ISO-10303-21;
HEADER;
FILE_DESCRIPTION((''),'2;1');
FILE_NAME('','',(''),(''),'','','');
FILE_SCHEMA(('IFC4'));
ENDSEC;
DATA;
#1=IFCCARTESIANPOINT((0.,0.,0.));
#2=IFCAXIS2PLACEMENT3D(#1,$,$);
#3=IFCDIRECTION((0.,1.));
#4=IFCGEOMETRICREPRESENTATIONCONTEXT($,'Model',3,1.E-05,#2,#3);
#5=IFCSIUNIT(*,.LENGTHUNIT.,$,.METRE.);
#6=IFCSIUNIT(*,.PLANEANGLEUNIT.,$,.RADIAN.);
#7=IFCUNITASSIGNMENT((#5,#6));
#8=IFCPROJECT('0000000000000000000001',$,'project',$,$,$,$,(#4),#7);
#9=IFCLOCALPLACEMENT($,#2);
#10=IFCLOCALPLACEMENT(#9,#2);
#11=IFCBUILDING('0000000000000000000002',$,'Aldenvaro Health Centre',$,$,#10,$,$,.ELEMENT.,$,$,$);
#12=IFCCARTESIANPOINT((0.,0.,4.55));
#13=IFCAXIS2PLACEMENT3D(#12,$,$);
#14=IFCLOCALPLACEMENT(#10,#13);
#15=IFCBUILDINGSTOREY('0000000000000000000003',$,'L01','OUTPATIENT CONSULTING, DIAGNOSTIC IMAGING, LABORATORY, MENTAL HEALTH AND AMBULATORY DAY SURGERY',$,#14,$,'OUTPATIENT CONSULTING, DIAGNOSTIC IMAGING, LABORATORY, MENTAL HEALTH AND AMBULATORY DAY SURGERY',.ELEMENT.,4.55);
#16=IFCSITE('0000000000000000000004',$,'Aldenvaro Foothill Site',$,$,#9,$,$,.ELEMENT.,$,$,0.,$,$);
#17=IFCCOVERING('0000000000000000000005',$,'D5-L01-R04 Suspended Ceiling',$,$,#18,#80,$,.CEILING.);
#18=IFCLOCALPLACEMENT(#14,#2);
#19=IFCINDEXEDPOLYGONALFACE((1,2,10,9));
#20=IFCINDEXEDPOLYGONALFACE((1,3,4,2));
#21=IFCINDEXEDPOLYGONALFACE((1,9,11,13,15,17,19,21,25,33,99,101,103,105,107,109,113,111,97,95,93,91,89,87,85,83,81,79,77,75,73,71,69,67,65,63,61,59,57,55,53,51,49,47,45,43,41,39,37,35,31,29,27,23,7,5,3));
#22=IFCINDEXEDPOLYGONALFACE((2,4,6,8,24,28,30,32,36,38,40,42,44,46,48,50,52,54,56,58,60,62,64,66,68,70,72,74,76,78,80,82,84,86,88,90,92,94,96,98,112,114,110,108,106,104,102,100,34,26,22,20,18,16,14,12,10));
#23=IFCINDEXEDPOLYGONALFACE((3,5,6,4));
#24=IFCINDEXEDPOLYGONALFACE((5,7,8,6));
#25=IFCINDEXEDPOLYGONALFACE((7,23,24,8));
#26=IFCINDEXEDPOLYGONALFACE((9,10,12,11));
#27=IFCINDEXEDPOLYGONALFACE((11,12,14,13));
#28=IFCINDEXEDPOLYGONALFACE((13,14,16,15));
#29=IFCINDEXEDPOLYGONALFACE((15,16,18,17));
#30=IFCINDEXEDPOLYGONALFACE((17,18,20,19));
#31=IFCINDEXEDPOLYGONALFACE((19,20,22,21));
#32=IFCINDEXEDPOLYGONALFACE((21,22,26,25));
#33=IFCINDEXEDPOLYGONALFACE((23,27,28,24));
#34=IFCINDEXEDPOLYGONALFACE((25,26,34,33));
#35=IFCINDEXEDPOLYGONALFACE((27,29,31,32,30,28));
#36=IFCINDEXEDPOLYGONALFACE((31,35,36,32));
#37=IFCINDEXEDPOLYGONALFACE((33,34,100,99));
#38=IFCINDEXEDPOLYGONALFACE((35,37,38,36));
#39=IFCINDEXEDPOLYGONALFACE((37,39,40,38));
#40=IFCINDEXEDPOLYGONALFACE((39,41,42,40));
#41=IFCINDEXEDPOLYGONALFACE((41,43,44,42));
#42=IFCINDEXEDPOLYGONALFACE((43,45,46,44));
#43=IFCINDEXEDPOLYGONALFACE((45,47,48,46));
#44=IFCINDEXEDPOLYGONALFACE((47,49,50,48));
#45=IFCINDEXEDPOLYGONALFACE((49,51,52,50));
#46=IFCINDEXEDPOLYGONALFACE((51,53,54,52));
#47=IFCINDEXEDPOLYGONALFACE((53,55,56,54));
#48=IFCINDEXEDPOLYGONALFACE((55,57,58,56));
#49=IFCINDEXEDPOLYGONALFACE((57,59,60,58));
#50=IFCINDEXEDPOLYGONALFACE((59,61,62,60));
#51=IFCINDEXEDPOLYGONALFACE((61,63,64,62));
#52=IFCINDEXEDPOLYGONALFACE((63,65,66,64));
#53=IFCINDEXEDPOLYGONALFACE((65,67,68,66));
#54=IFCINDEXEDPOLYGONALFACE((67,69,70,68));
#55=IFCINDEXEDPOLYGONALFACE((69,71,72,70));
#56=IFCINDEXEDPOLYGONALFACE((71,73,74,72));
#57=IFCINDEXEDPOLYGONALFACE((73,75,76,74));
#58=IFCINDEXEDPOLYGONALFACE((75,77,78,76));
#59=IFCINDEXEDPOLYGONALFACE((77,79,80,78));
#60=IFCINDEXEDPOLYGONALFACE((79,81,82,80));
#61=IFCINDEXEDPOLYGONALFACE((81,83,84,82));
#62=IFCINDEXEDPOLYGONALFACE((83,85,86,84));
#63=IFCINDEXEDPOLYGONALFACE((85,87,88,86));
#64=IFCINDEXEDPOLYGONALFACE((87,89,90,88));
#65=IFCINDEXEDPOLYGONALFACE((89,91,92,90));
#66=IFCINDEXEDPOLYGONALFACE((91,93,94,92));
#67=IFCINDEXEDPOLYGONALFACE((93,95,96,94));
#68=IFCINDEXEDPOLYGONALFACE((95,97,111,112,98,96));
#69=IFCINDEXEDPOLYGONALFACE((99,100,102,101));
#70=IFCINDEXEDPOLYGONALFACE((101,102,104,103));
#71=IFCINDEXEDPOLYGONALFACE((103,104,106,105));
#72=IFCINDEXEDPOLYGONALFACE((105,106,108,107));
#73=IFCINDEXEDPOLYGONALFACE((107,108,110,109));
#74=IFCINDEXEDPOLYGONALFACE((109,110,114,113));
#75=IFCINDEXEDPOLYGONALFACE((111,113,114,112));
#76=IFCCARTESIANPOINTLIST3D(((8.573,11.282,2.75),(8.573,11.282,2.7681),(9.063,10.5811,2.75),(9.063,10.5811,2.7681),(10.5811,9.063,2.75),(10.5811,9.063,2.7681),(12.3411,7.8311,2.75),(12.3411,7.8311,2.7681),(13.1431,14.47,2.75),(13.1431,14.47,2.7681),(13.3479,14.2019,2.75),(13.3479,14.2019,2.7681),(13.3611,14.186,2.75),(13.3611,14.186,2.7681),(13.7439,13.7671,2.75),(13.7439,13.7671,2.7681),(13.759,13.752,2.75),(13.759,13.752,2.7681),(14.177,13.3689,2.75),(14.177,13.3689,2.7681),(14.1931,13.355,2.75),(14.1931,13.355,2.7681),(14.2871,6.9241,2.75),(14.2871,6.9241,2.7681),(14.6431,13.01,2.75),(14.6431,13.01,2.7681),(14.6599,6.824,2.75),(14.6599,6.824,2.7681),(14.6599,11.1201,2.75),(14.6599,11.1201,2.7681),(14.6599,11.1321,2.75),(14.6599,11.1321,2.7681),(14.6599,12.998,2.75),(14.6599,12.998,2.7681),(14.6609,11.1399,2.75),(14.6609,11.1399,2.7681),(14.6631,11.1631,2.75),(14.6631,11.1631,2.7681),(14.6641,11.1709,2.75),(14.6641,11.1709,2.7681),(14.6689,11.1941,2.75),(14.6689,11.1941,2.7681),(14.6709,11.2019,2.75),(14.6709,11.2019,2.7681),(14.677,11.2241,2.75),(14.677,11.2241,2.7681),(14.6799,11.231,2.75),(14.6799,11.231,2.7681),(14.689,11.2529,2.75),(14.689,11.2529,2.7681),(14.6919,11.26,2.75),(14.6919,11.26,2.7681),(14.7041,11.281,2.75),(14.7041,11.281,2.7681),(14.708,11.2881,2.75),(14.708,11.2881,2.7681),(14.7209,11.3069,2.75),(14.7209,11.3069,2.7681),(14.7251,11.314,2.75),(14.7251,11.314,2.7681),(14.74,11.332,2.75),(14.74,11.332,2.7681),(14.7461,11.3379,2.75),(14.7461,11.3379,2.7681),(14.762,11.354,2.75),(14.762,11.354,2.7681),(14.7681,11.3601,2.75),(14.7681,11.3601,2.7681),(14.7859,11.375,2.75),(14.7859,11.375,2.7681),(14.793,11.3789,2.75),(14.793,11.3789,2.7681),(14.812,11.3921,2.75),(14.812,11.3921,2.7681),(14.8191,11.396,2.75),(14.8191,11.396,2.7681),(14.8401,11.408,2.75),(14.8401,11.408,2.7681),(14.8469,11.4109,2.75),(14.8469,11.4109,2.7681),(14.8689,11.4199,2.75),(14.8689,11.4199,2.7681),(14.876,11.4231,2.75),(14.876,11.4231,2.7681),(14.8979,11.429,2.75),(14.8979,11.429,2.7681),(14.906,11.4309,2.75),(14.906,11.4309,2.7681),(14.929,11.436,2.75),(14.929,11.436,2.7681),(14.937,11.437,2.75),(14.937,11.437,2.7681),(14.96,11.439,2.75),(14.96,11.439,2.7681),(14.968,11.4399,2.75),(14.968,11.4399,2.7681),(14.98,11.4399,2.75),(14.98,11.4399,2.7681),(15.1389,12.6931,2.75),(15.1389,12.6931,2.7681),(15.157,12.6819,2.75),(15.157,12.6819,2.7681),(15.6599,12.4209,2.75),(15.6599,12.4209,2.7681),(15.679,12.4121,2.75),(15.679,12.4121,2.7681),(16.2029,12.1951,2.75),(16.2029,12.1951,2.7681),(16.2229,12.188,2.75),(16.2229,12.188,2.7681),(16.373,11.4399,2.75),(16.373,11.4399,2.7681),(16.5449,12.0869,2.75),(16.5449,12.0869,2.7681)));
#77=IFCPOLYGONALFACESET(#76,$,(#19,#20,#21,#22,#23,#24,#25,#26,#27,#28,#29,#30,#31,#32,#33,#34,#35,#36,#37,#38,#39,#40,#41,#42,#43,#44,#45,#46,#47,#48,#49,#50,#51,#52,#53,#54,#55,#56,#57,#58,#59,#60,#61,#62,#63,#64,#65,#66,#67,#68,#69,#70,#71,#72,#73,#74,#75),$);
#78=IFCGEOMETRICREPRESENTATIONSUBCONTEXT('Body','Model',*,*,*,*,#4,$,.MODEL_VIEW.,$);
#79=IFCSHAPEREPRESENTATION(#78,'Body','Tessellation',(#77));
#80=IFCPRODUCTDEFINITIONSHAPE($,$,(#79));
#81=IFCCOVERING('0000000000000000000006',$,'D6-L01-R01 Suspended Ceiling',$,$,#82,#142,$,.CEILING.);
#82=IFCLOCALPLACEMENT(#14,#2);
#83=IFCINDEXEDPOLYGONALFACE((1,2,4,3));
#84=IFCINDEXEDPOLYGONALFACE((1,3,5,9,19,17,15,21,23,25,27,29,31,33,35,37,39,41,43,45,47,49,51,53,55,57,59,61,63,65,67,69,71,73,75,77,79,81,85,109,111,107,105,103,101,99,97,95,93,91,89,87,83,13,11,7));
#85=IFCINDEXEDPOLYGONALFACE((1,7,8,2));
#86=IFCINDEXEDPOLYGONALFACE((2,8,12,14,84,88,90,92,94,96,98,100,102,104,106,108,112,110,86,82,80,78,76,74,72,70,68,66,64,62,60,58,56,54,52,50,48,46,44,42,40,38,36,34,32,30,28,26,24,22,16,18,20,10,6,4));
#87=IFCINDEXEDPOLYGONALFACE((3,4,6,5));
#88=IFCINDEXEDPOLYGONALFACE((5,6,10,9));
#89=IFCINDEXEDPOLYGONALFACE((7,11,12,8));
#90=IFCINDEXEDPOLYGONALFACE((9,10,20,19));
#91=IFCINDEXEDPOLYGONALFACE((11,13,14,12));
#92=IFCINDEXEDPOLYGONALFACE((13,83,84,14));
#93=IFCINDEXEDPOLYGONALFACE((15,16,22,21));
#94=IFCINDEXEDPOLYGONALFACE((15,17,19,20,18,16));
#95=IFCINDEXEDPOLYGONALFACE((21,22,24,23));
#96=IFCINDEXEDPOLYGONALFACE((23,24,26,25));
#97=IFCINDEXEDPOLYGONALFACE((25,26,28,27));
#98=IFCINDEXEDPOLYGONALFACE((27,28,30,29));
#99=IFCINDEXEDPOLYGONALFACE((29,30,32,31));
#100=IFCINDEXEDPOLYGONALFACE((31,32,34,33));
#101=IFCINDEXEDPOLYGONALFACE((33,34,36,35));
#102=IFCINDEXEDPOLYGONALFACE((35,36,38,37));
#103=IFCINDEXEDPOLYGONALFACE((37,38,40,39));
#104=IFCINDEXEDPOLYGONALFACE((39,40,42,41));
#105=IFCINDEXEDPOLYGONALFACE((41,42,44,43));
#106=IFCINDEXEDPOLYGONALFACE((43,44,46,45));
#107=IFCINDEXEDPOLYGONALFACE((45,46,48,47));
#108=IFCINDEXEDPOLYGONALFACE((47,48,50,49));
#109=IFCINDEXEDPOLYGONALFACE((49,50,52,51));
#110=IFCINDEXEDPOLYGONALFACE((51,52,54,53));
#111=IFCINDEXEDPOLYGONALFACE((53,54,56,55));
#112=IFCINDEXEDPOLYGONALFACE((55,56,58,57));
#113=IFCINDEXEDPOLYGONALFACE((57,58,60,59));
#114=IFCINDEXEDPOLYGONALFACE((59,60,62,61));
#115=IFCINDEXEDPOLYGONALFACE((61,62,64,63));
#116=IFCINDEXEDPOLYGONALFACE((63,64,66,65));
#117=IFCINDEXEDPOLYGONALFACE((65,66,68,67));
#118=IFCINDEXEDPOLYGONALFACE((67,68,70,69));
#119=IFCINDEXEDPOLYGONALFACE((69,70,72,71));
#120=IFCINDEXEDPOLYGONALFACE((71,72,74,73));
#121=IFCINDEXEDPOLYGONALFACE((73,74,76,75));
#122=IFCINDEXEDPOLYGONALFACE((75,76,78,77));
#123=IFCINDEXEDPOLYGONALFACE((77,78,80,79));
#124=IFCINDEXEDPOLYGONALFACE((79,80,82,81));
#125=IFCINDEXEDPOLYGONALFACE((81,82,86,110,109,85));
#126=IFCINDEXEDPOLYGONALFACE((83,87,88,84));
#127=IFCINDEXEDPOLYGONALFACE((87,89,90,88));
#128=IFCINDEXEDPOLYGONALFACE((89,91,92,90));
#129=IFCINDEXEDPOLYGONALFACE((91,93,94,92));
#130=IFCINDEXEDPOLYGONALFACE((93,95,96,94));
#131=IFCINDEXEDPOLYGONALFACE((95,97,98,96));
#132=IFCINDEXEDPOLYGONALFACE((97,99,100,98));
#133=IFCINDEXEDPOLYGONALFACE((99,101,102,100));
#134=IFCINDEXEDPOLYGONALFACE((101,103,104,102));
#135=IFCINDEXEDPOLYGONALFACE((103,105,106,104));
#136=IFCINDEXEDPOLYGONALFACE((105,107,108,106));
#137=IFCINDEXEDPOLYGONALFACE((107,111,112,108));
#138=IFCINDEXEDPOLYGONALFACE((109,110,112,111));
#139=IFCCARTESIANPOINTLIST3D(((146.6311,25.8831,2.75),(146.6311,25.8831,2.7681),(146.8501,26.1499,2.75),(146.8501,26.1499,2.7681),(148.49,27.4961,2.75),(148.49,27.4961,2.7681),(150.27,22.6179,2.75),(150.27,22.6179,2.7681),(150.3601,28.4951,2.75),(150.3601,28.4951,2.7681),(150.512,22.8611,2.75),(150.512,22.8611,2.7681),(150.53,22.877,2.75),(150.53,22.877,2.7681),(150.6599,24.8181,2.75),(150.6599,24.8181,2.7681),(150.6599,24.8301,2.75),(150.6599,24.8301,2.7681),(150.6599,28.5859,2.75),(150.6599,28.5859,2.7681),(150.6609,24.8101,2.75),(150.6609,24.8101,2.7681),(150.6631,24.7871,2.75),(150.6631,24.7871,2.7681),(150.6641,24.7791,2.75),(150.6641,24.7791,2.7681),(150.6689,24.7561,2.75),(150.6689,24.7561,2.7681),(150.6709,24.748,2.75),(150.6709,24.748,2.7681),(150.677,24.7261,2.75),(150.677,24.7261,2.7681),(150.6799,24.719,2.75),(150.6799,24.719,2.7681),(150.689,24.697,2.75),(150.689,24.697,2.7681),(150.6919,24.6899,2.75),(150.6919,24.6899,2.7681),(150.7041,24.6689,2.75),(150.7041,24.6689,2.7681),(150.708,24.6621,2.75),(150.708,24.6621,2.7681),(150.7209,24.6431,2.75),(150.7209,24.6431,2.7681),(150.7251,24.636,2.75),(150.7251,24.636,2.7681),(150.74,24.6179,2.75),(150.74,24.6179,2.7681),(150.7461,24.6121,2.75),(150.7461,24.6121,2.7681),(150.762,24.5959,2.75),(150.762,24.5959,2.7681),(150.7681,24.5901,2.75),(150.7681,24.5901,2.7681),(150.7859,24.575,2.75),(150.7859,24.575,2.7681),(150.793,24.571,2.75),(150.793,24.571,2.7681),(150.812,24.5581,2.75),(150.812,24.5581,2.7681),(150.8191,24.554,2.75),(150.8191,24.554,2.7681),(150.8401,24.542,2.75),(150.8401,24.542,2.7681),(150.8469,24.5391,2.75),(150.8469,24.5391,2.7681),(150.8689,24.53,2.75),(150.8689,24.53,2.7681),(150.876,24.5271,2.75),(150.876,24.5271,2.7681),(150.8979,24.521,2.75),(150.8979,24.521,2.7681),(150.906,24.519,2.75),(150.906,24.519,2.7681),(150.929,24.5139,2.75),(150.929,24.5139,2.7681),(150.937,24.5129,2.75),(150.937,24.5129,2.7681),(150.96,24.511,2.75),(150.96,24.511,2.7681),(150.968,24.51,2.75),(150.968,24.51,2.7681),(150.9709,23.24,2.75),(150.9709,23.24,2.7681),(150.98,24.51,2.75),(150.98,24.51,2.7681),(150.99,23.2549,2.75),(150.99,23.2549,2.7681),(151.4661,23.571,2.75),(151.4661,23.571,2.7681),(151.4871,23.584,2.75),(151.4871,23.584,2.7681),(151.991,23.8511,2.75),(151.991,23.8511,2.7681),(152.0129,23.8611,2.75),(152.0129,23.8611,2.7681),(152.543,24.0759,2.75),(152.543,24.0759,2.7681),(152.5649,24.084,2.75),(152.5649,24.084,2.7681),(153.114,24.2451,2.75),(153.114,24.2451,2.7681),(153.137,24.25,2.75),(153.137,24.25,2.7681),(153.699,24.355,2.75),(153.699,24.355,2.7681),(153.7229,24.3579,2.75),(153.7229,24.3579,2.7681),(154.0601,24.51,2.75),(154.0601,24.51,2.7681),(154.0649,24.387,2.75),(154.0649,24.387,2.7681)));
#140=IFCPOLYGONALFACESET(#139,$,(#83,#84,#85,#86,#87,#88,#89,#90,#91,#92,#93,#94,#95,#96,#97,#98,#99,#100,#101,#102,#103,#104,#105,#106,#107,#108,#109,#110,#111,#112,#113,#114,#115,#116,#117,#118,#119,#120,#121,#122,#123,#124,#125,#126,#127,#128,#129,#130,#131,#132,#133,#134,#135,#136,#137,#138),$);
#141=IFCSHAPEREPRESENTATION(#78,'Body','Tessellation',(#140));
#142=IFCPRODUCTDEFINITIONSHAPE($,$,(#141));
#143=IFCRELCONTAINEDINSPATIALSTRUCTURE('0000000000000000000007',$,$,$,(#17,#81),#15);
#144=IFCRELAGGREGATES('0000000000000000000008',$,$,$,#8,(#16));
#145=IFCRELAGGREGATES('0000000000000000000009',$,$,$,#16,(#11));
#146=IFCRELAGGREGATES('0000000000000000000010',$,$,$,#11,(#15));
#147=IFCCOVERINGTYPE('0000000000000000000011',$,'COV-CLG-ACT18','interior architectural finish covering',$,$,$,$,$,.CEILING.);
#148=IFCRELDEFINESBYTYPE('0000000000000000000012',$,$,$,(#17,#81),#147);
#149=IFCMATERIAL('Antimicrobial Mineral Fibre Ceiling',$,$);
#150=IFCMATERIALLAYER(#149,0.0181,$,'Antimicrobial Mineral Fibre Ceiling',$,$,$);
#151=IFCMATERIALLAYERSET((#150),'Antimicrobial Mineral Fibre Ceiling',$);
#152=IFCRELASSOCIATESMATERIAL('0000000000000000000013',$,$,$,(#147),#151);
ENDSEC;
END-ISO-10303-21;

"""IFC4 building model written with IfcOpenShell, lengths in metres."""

from ifc_helpers import new_model, si_unit, direction, frame, origin, place, context, subcontext, project, spatial, polyline, outline, extrude, material, layer, layer_set, type_object, element, save


model = new_model("IFC4")

# Units and contexts
model_context = context("Model", 3, precision=1e-05, world=origin(), true_north=direction((0.0, 1.0)))
body_context = subcontext(model_context, "Body", "Model", "MODEL_VIEW")
ifc_project = project(units=[si_unit("LENGTHUNIT", "METRE"), si_unit("PLANEANGLEUNIT", "RADIAN")], contexts=[model_context])

# Site, building, storey
site_placement = place(None, origin())
site = spatial("IfcSite", under=ifc_project, at=site_placement, Name="Aldenvaro Foothill Site", CompositionType="ELEMENT", RefElevation=0.0)
building_placement = place(site_placement, origin())
building = spatial("IfcBuilding", under=site, at=building_placement, Name="Aldenvaro Health Centre", CompositionType="ELEMENT")
storey_placement = place(building_placement, frame((0.0, 0.0, 4.55)))
storey = spatial("IfcBuildingStorey", under=building, at=storey_placement, Name="L01", Description="OUTPATIENT CONSULTING, DIAGNOSTIC IMAGING, LABORATORY, MENTAL HEALTH AND AMBULATORY DAY SURGERY", LongName="OUTPATIENT CONSULTING, DIAGNOSTIC IMAGING, LABORATORY, MENTAL HEALTH AND AMBULATORY DAY SURGERY", CompositionType="ELEMENT", Elevation=4.55)

# Coverings
ifc_material_1 = material(Name="Antimicrobial Mineral Fibre Ceiling")
ifc_layer_1 = layer(ifc_material_1, 0.0181, Name="Antimicrobial Mineral Fibre Ceiling")
ifc_layer_set_1 = layer_set([ifc_layer_1], Name="Antimicrobial Mineral Fibre Ceiling")
covering_type_1 = type_object("IfcCoveringType", Name="COV-CLG-ACT18", Description="interior architectural finish covering", PredefinedType="CEILING", material=ifc_layer_set_1)
covering_1_placement = place(storey_placement, frame((0.0, 0.0, 2.75)))
element("IfcCovering", 1, at=covering_1_placement, inside=storey, type_object=covering_type_1, Name="D5-L01-R04 Suspended Ceiling", PredefinedType="CEILING", context=body_context, shape_type="SweptSolid", body=[
    extrude(outline(polyline([(13.3479, 14.2019), (13.3611, 14.186), (13.7439, 13.7671), (13.759, 13.752), (14.177, 13.3689), (14.1931, 13.355), (14.6431, 13.01), (14.6599, 12.998), (15.1389, 12.6931), (15.157, 12.6819), (15.6599, 12.4209), (15.679, 12.4121), (16.2029, 12.1951), (16.2229, 12.188), (16.5449, 12.0869), (16.373, 11.4399), (14.98, 11.4399), (14.968, 11.4399), (14.96, 11.439), (14.937, 11.437), (14.929, 11.436), (14.906, 11.4309), (14.8979, 11.429), (14.876, 11.4231), (14.8689, 11.4199), (14.8469, 11.4109), (14.8401, 11.408), (14.8191, 11.396), (14.812, 11.3921), (14.793, 11.3789), (14.7859, 11.375), (14.7681, 11.3601), (14.762, 11.354), (14.7461, 11.3379), (14.74, 11.332), (14.7251, 11.314), (14.7209, 11.3069), (14.708, 11.2881), (14.7041, 11.281), (14.6919, 11.26), (14.689, 11.2529), (14.6799, 11.231), (14.677, 11.2241), (14.6709, 11.2019), (14.6689, 11.1941), (14.6641, 11.1709), (14.6631, 11.1631), (14.6609, 11.1399), (14.6599, 11.1321), (14.6599, 11.1201), (14.6599, 6.824), (14.2871, 6.9241), (12.3411, 7.8311), (10.5811, 9.063), (9.063, 10.5811), (8.573, 11.282), (13.1431, 14.47), (13.3479, 14.2019)])), origin(), (0.0, 0.0, 1.0), 0.0181),
])
covering_2_placement = place(storey_placement, frame((0.0, 0.0, 2.75)))
element("IfcCovering", 2, at=covering_2_placement, inside=storey, type_object=covering_type_1, Name="D6-L01-R01 Suspended Ceiling", PredefinedType="CEILING", context=body_context, shape_type="SweptSolid", body=[
    extrude(outline(polyline([(153.7229, 24.3579), (153.699, 24.355), (153.137, 24.25), (153.114, 24.2451), (152.5649, 24.084), (152.543, 24.0759), (152.0129, 23.8611), (151.991, 23.8511), (151.4871, 23.584), (151.4661, 23.571), (150.99, 23.2549), (150.9709, 23.24), (150.53, 22.877), (150.512, 22.8611), (150.27, 22.6179), (146.6311, 25.8831), (146.8501, 26.1499), (148.49, 27.4961), (150.3601, 28.4951), (150.6599, 28.5859), (150.6599, 24.8301), (150.6599, 24.8181), (150.6609, 24.8101), (150.6631, 24.7871), (150.6641, 24.7791), (150.6689, 24.7561), (150.6709, 24.748), (150.677, 24.7261), (150.6799, 24.719), (150.689, 24.697), (150.6919, 24.6899), (150.7041, 24.6689), (150.708, 24.6621), (150.7209, 24.6431), (150.7251, 24.636), (150.74, 24.6179), (150.7461, 24.6121), (150.762, 24.5959), (150.7681, 24.5901), (150.7859, 24.575), (150.793, 24.571), (150.812, 24.5581), (150.8191, 24.554), (150.8401, 24.542), (150.8469, 24.5391), (150.8689, 24.53), (150.876, 24.5271), (150.8979, 24.521), (150.906, 24.519), (150.929, 24.5139), (150.937, 24.5129), (150.96, 24.511), (150.968, 24.51), (150.98, 24.51), (154.0601, 24.51), (154.0649, 24.387), (153.7229, 24.3579)])), origin(), (0.0, 0.0, 1.0), 0.0181),
])

save(model, "model.ifc")
